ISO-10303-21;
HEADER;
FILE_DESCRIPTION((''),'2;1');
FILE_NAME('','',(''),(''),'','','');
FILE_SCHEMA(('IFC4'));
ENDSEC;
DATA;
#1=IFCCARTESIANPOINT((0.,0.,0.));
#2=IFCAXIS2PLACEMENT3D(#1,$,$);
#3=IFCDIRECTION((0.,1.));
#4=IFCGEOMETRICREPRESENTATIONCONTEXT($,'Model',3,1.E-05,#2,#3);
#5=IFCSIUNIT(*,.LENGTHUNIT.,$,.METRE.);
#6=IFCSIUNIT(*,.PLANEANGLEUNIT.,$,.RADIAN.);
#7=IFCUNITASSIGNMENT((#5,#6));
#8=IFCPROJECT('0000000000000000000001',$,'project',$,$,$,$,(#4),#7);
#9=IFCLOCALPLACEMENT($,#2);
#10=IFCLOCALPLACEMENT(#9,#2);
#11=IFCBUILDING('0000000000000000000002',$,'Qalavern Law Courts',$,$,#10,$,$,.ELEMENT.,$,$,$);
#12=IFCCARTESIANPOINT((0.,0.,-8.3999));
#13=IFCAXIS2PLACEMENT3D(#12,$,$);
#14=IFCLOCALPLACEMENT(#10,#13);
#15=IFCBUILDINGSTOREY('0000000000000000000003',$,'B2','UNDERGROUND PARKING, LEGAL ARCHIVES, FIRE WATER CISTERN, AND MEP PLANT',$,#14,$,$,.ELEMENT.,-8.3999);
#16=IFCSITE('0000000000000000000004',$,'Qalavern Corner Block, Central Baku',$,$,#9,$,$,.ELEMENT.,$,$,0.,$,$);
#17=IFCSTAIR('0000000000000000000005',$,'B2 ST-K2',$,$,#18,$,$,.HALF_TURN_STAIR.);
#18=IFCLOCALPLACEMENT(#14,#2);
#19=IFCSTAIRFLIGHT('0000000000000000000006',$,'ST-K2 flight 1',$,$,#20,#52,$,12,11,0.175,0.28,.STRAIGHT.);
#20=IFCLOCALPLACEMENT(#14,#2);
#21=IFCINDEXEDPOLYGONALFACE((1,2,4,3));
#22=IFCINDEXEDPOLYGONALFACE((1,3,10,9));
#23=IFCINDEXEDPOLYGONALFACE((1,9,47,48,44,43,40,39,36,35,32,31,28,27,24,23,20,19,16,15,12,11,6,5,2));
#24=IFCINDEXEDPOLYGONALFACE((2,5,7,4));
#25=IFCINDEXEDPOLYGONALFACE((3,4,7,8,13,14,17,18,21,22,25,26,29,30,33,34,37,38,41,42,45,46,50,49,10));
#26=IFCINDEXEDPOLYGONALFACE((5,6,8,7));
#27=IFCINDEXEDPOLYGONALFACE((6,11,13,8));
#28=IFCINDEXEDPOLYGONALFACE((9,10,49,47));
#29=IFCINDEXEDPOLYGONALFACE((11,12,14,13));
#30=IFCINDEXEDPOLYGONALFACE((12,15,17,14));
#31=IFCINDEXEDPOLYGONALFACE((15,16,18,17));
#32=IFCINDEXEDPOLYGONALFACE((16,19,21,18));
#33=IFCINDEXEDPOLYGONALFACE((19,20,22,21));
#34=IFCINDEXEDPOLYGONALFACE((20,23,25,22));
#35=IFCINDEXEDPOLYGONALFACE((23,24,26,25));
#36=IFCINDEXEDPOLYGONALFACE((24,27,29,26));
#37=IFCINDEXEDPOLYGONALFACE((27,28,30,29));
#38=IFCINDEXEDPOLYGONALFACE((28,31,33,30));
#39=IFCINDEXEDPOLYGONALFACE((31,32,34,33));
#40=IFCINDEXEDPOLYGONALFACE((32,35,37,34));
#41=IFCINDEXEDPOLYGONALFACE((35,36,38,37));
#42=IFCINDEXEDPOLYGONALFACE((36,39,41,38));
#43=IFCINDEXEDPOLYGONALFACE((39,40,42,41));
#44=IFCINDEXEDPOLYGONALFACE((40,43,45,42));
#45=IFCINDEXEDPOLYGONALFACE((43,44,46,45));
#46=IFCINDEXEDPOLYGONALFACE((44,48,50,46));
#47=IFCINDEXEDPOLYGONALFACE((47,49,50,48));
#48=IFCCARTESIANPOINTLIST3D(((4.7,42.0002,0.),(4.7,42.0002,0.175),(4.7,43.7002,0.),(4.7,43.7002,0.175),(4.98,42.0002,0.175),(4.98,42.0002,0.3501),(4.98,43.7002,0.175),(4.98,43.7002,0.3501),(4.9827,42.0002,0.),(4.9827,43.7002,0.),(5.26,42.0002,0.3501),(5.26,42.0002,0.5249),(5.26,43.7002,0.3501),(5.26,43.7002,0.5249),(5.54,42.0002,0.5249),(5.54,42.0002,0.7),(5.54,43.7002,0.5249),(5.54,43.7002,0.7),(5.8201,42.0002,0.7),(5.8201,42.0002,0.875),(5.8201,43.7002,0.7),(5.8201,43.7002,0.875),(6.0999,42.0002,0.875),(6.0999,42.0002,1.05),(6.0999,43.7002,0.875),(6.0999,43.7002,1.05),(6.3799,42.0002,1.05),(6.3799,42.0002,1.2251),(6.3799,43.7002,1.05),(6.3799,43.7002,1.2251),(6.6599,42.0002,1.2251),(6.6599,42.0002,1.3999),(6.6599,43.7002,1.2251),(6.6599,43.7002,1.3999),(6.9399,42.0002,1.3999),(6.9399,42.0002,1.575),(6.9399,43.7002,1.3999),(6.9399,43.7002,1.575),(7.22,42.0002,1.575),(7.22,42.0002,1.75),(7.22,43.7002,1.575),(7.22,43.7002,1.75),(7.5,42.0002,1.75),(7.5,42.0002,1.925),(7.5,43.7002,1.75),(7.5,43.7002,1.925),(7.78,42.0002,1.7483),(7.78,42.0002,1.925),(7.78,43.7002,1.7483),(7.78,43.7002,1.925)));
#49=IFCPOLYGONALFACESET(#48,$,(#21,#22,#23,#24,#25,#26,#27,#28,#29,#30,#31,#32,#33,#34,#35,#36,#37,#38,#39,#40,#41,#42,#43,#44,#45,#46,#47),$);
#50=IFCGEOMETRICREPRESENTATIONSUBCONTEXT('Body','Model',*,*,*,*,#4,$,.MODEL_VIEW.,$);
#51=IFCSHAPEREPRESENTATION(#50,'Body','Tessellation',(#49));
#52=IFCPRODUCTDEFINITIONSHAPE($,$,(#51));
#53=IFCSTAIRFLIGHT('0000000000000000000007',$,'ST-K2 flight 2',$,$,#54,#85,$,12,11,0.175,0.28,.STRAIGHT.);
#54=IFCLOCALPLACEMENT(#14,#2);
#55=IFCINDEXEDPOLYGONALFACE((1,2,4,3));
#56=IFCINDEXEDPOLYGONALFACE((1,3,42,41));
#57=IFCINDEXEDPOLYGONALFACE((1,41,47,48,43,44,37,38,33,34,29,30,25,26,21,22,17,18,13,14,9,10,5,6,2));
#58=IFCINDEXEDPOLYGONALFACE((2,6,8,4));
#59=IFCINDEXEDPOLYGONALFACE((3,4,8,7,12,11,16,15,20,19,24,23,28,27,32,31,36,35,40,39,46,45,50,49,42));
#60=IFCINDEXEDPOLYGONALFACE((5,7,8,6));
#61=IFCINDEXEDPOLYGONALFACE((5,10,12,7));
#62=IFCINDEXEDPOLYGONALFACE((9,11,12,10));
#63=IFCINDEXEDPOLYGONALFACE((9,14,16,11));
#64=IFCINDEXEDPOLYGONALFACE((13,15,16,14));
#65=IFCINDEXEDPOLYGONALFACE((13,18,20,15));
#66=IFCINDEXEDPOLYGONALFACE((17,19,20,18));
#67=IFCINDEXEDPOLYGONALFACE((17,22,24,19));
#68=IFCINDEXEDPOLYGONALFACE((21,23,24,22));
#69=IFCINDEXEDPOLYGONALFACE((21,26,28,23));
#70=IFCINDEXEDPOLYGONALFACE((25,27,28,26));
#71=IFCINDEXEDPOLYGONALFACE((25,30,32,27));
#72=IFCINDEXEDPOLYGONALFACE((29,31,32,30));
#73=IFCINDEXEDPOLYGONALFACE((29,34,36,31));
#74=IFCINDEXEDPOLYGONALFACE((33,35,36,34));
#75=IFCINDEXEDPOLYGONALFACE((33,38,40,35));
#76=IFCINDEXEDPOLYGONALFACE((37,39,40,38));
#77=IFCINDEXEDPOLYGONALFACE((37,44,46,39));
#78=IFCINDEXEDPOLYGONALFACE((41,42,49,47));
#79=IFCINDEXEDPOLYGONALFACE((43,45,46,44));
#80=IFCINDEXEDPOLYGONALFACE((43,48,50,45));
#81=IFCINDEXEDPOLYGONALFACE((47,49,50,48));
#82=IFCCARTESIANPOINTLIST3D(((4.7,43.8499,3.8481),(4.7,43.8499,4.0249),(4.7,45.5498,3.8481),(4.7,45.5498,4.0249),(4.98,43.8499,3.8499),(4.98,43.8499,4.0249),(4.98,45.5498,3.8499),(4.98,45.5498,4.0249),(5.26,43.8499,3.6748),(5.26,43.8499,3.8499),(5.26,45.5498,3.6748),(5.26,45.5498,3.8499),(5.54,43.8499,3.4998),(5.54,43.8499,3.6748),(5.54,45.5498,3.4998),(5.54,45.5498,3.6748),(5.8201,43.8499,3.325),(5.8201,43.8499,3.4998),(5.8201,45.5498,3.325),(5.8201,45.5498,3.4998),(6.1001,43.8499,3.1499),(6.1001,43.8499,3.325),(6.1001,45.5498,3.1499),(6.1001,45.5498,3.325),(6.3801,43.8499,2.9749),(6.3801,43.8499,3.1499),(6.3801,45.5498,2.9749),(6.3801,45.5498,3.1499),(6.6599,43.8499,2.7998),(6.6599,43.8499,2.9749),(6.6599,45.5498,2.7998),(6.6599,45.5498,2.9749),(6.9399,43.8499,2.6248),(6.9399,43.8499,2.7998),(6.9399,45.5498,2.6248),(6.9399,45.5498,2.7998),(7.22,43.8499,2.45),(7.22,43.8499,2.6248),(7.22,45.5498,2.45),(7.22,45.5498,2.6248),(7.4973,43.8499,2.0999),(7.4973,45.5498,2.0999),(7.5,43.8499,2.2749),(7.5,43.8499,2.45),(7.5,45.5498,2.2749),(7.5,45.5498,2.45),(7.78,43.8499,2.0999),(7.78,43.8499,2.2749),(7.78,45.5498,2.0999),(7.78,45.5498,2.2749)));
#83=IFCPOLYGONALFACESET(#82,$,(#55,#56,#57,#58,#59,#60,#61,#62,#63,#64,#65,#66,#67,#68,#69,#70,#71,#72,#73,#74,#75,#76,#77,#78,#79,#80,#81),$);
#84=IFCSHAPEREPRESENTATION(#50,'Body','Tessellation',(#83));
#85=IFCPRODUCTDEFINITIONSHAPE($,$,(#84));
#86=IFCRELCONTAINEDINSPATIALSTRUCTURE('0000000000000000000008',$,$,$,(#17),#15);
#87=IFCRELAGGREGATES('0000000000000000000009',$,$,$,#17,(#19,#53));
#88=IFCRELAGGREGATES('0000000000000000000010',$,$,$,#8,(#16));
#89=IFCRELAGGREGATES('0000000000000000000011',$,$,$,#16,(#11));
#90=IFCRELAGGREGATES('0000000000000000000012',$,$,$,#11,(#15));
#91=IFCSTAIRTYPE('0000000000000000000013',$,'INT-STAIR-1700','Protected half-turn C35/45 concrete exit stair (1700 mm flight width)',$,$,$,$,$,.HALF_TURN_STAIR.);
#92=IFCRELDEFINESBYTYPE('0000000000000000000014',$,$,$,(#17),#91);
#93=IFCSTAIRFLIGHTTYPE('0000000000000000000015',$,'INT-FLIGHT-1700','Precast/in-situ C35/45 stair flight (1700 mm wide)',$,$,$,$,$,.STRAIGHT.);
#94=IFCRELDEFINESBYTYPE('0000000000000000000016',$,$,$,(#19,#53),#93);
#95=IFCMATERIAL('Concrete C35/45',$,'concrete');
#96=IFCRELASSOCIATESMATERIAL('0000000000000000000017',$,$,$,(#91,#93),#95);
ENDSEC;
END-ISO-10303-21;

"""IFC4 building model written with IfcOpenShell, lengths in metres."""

from ifc_helpers import new_model, si_unit, direction, frame, origin, place, context, subcontext, project, spatial, polyline, outline, extrude, material, type_object, element, aggregate, save


model = new_model("IFC4")

# Units and contexts
model_context = context("Model", 3, precision=1e-05, world=origin(), true_north=direction((0.0, 1.0)))
body_context = subcontext(model_context, "Body", "Model", "MODEL_VIEW")
ifc_project = project(units=[si_unit("LENGTHUNIT", "METRE"), si_unit("PLANEANGLEUNIT", "RADIAN")], contexts=[model_context])

# Site, building, storey
site_placement = place(None, origin())
site = spatial("IfcSite", under=ifc_project, at=site_placement, Name="Qalavern Corner Block, Central Baku", CompositionType="ELEMENT", RefElevation=0.0)
building_placement = place(site_placement, origin())
building = spatial("IfcBuilding", under=site, at=building_placement, Name="Qalavern Law Courts", CompositionType="ELEMENT")
storey_placement = place(building_placement, frame((0.0, 0.0, -8.3999)))
storey = spatial("IfcBuildingStorey", under=building, at=storey_placement, Name="B2", Description="UNDERGROUND PARKING, LEGAL ARCHIVES, FIRE WATER CISTERN, AND MEP PLANT", CompositionType="ELEMENT", Elevation=-8.3999)

# Shared definitions
ifc_material_1 = material(Name="Concrete C35/45", Category="concrete")

# Stair, stair flights
stair_type = type_object("IfcStairType", Name="INT-STAIR-1700", Description="Protected half-turn C35/45 concrete exit stair (1700 mm flight width)", PredefinedType="HALF_TURN_STAIR", material=ifc_material_1)
stair_placement = place(storey_placement, origin())
stair = element("IfcStair", 1, at=stair_placement, inside=storey, type_object=stair_type, Name="B2 ST-K2", PredefinedType="HALF_TURN_STAIR")
stair_flight_type = type_object("IfcStairFlightType", Name="INT-FLIGHT-1700", Description="Precast/in-situ C35/45 stair flight (1700 mm wide)", PredefinedType="STRAIGHT", material=ifc_material_1)
stair_flight_1_placement = place(storey_placement, frame((4.7, 42.8501, 0.0), z_axis=(0.0, 0.0, 1.0), x_axis=(1.0, 0.0, 0.0)))
stair_flight_1 = element("IfcStairFlight", 2, at=stair_flight_1_placement, type_object=stair_flight_type, Name="ST-K2 flight 1", NumberOfRisers=12, NumberOfTreads=11, PredefinedType="STRAIGHT", RiserHeight=0.175, TreadLength=0.28, context=body_context, shape_type="SweptSolid", body=[
    extrude(outline(polyline([(0.0, 0.0), (0.0, 0.175), (0.28, 0.175), (0.28, 0.3501), (0.5601, 0.3501), (0.5601, 0.5249), (0.8401, 0.5249), (0.8401, 0.7), (1.1201, 0.7), (1.1201, 0.875), (1.3999, 0.875), (1.3999, 1.05), (1.6799, 1.05), (1.6799, 1.2251), (1.96, 1.2251), (1.96, 1.3999), (2.24, 1.3999), (2.24, 1.575), (2.52, 1.575), (2.52, 1.75), (2.8, 1.75), (2.8, 1.925), (3.0801, 1.925), (3.0801, 2.1001), (3.0801, 1.7483), (0.2827, 0.0), (0.0, 0.0)])), frame((0.0, 0.8501, 0.0), z_axis=(0.0, -1.0, 0.0), x_axis=(1.0, 0.0, 0.0)), (0.0, 0.0, 1.0), 1.7),
])
stair_flight_2_placement = place(storey_placement, frame((7.78, 44.7, 2.0999), z_axis=(0.0, 0.0, 1.0), x_axis=(-1.0, 0.0, 0.0)))
stair_flight_2 = element("IfcStairFlight", 3, at=stair_flight_2_placement, type_object=stair_flight_type, Name="ST-K2 flight 2", NumberOfRisers=12, NumberOfTreads=11, PredefinedType="STRAIGHT", RiserHeight=0.175, TreadLength=0.28, context=body_context, shape_type="SweptSolid", body=[
    extrude(outline(polyline([(0.0, 0.0), (0.0, 0.175), (0.28, 0.175), (0.28, 0.3501), (0.5601, 0.3501), (0.5601, 0.5249), (0.8401, 0.5249), (0.8401, 0.7), (1.1201, 0.7), (1.1201, 0.875), (1.3999, 0.875), (1.3999, 1.05), (1.6799, 1.05), (1.6799, 1.2251), (1.96, 1.2251), (1.96, 1.3999), (2.24, 1.3999), (2.24, 1.575), (2.52, 1.575), (2.52, 1.75), (2.8, 1.75), (2.8, 1.925), (3.0801, 1.925), (3.0801, 2.1001), (3.0801, 1.7483), (0.2827, 0.0), (0.0, 0.0)])), frame((0.0, 0.8501, 0.0), z_axis=(0.0, -1.0, 0.0), x_axis=(1.0, 0.0, 0.0)), (0.0, 0.0, 1.0), 1.7),
])
aggregate(stair, [stair_flight_1, stair_flight_2])

save(model, "model.ifc")
